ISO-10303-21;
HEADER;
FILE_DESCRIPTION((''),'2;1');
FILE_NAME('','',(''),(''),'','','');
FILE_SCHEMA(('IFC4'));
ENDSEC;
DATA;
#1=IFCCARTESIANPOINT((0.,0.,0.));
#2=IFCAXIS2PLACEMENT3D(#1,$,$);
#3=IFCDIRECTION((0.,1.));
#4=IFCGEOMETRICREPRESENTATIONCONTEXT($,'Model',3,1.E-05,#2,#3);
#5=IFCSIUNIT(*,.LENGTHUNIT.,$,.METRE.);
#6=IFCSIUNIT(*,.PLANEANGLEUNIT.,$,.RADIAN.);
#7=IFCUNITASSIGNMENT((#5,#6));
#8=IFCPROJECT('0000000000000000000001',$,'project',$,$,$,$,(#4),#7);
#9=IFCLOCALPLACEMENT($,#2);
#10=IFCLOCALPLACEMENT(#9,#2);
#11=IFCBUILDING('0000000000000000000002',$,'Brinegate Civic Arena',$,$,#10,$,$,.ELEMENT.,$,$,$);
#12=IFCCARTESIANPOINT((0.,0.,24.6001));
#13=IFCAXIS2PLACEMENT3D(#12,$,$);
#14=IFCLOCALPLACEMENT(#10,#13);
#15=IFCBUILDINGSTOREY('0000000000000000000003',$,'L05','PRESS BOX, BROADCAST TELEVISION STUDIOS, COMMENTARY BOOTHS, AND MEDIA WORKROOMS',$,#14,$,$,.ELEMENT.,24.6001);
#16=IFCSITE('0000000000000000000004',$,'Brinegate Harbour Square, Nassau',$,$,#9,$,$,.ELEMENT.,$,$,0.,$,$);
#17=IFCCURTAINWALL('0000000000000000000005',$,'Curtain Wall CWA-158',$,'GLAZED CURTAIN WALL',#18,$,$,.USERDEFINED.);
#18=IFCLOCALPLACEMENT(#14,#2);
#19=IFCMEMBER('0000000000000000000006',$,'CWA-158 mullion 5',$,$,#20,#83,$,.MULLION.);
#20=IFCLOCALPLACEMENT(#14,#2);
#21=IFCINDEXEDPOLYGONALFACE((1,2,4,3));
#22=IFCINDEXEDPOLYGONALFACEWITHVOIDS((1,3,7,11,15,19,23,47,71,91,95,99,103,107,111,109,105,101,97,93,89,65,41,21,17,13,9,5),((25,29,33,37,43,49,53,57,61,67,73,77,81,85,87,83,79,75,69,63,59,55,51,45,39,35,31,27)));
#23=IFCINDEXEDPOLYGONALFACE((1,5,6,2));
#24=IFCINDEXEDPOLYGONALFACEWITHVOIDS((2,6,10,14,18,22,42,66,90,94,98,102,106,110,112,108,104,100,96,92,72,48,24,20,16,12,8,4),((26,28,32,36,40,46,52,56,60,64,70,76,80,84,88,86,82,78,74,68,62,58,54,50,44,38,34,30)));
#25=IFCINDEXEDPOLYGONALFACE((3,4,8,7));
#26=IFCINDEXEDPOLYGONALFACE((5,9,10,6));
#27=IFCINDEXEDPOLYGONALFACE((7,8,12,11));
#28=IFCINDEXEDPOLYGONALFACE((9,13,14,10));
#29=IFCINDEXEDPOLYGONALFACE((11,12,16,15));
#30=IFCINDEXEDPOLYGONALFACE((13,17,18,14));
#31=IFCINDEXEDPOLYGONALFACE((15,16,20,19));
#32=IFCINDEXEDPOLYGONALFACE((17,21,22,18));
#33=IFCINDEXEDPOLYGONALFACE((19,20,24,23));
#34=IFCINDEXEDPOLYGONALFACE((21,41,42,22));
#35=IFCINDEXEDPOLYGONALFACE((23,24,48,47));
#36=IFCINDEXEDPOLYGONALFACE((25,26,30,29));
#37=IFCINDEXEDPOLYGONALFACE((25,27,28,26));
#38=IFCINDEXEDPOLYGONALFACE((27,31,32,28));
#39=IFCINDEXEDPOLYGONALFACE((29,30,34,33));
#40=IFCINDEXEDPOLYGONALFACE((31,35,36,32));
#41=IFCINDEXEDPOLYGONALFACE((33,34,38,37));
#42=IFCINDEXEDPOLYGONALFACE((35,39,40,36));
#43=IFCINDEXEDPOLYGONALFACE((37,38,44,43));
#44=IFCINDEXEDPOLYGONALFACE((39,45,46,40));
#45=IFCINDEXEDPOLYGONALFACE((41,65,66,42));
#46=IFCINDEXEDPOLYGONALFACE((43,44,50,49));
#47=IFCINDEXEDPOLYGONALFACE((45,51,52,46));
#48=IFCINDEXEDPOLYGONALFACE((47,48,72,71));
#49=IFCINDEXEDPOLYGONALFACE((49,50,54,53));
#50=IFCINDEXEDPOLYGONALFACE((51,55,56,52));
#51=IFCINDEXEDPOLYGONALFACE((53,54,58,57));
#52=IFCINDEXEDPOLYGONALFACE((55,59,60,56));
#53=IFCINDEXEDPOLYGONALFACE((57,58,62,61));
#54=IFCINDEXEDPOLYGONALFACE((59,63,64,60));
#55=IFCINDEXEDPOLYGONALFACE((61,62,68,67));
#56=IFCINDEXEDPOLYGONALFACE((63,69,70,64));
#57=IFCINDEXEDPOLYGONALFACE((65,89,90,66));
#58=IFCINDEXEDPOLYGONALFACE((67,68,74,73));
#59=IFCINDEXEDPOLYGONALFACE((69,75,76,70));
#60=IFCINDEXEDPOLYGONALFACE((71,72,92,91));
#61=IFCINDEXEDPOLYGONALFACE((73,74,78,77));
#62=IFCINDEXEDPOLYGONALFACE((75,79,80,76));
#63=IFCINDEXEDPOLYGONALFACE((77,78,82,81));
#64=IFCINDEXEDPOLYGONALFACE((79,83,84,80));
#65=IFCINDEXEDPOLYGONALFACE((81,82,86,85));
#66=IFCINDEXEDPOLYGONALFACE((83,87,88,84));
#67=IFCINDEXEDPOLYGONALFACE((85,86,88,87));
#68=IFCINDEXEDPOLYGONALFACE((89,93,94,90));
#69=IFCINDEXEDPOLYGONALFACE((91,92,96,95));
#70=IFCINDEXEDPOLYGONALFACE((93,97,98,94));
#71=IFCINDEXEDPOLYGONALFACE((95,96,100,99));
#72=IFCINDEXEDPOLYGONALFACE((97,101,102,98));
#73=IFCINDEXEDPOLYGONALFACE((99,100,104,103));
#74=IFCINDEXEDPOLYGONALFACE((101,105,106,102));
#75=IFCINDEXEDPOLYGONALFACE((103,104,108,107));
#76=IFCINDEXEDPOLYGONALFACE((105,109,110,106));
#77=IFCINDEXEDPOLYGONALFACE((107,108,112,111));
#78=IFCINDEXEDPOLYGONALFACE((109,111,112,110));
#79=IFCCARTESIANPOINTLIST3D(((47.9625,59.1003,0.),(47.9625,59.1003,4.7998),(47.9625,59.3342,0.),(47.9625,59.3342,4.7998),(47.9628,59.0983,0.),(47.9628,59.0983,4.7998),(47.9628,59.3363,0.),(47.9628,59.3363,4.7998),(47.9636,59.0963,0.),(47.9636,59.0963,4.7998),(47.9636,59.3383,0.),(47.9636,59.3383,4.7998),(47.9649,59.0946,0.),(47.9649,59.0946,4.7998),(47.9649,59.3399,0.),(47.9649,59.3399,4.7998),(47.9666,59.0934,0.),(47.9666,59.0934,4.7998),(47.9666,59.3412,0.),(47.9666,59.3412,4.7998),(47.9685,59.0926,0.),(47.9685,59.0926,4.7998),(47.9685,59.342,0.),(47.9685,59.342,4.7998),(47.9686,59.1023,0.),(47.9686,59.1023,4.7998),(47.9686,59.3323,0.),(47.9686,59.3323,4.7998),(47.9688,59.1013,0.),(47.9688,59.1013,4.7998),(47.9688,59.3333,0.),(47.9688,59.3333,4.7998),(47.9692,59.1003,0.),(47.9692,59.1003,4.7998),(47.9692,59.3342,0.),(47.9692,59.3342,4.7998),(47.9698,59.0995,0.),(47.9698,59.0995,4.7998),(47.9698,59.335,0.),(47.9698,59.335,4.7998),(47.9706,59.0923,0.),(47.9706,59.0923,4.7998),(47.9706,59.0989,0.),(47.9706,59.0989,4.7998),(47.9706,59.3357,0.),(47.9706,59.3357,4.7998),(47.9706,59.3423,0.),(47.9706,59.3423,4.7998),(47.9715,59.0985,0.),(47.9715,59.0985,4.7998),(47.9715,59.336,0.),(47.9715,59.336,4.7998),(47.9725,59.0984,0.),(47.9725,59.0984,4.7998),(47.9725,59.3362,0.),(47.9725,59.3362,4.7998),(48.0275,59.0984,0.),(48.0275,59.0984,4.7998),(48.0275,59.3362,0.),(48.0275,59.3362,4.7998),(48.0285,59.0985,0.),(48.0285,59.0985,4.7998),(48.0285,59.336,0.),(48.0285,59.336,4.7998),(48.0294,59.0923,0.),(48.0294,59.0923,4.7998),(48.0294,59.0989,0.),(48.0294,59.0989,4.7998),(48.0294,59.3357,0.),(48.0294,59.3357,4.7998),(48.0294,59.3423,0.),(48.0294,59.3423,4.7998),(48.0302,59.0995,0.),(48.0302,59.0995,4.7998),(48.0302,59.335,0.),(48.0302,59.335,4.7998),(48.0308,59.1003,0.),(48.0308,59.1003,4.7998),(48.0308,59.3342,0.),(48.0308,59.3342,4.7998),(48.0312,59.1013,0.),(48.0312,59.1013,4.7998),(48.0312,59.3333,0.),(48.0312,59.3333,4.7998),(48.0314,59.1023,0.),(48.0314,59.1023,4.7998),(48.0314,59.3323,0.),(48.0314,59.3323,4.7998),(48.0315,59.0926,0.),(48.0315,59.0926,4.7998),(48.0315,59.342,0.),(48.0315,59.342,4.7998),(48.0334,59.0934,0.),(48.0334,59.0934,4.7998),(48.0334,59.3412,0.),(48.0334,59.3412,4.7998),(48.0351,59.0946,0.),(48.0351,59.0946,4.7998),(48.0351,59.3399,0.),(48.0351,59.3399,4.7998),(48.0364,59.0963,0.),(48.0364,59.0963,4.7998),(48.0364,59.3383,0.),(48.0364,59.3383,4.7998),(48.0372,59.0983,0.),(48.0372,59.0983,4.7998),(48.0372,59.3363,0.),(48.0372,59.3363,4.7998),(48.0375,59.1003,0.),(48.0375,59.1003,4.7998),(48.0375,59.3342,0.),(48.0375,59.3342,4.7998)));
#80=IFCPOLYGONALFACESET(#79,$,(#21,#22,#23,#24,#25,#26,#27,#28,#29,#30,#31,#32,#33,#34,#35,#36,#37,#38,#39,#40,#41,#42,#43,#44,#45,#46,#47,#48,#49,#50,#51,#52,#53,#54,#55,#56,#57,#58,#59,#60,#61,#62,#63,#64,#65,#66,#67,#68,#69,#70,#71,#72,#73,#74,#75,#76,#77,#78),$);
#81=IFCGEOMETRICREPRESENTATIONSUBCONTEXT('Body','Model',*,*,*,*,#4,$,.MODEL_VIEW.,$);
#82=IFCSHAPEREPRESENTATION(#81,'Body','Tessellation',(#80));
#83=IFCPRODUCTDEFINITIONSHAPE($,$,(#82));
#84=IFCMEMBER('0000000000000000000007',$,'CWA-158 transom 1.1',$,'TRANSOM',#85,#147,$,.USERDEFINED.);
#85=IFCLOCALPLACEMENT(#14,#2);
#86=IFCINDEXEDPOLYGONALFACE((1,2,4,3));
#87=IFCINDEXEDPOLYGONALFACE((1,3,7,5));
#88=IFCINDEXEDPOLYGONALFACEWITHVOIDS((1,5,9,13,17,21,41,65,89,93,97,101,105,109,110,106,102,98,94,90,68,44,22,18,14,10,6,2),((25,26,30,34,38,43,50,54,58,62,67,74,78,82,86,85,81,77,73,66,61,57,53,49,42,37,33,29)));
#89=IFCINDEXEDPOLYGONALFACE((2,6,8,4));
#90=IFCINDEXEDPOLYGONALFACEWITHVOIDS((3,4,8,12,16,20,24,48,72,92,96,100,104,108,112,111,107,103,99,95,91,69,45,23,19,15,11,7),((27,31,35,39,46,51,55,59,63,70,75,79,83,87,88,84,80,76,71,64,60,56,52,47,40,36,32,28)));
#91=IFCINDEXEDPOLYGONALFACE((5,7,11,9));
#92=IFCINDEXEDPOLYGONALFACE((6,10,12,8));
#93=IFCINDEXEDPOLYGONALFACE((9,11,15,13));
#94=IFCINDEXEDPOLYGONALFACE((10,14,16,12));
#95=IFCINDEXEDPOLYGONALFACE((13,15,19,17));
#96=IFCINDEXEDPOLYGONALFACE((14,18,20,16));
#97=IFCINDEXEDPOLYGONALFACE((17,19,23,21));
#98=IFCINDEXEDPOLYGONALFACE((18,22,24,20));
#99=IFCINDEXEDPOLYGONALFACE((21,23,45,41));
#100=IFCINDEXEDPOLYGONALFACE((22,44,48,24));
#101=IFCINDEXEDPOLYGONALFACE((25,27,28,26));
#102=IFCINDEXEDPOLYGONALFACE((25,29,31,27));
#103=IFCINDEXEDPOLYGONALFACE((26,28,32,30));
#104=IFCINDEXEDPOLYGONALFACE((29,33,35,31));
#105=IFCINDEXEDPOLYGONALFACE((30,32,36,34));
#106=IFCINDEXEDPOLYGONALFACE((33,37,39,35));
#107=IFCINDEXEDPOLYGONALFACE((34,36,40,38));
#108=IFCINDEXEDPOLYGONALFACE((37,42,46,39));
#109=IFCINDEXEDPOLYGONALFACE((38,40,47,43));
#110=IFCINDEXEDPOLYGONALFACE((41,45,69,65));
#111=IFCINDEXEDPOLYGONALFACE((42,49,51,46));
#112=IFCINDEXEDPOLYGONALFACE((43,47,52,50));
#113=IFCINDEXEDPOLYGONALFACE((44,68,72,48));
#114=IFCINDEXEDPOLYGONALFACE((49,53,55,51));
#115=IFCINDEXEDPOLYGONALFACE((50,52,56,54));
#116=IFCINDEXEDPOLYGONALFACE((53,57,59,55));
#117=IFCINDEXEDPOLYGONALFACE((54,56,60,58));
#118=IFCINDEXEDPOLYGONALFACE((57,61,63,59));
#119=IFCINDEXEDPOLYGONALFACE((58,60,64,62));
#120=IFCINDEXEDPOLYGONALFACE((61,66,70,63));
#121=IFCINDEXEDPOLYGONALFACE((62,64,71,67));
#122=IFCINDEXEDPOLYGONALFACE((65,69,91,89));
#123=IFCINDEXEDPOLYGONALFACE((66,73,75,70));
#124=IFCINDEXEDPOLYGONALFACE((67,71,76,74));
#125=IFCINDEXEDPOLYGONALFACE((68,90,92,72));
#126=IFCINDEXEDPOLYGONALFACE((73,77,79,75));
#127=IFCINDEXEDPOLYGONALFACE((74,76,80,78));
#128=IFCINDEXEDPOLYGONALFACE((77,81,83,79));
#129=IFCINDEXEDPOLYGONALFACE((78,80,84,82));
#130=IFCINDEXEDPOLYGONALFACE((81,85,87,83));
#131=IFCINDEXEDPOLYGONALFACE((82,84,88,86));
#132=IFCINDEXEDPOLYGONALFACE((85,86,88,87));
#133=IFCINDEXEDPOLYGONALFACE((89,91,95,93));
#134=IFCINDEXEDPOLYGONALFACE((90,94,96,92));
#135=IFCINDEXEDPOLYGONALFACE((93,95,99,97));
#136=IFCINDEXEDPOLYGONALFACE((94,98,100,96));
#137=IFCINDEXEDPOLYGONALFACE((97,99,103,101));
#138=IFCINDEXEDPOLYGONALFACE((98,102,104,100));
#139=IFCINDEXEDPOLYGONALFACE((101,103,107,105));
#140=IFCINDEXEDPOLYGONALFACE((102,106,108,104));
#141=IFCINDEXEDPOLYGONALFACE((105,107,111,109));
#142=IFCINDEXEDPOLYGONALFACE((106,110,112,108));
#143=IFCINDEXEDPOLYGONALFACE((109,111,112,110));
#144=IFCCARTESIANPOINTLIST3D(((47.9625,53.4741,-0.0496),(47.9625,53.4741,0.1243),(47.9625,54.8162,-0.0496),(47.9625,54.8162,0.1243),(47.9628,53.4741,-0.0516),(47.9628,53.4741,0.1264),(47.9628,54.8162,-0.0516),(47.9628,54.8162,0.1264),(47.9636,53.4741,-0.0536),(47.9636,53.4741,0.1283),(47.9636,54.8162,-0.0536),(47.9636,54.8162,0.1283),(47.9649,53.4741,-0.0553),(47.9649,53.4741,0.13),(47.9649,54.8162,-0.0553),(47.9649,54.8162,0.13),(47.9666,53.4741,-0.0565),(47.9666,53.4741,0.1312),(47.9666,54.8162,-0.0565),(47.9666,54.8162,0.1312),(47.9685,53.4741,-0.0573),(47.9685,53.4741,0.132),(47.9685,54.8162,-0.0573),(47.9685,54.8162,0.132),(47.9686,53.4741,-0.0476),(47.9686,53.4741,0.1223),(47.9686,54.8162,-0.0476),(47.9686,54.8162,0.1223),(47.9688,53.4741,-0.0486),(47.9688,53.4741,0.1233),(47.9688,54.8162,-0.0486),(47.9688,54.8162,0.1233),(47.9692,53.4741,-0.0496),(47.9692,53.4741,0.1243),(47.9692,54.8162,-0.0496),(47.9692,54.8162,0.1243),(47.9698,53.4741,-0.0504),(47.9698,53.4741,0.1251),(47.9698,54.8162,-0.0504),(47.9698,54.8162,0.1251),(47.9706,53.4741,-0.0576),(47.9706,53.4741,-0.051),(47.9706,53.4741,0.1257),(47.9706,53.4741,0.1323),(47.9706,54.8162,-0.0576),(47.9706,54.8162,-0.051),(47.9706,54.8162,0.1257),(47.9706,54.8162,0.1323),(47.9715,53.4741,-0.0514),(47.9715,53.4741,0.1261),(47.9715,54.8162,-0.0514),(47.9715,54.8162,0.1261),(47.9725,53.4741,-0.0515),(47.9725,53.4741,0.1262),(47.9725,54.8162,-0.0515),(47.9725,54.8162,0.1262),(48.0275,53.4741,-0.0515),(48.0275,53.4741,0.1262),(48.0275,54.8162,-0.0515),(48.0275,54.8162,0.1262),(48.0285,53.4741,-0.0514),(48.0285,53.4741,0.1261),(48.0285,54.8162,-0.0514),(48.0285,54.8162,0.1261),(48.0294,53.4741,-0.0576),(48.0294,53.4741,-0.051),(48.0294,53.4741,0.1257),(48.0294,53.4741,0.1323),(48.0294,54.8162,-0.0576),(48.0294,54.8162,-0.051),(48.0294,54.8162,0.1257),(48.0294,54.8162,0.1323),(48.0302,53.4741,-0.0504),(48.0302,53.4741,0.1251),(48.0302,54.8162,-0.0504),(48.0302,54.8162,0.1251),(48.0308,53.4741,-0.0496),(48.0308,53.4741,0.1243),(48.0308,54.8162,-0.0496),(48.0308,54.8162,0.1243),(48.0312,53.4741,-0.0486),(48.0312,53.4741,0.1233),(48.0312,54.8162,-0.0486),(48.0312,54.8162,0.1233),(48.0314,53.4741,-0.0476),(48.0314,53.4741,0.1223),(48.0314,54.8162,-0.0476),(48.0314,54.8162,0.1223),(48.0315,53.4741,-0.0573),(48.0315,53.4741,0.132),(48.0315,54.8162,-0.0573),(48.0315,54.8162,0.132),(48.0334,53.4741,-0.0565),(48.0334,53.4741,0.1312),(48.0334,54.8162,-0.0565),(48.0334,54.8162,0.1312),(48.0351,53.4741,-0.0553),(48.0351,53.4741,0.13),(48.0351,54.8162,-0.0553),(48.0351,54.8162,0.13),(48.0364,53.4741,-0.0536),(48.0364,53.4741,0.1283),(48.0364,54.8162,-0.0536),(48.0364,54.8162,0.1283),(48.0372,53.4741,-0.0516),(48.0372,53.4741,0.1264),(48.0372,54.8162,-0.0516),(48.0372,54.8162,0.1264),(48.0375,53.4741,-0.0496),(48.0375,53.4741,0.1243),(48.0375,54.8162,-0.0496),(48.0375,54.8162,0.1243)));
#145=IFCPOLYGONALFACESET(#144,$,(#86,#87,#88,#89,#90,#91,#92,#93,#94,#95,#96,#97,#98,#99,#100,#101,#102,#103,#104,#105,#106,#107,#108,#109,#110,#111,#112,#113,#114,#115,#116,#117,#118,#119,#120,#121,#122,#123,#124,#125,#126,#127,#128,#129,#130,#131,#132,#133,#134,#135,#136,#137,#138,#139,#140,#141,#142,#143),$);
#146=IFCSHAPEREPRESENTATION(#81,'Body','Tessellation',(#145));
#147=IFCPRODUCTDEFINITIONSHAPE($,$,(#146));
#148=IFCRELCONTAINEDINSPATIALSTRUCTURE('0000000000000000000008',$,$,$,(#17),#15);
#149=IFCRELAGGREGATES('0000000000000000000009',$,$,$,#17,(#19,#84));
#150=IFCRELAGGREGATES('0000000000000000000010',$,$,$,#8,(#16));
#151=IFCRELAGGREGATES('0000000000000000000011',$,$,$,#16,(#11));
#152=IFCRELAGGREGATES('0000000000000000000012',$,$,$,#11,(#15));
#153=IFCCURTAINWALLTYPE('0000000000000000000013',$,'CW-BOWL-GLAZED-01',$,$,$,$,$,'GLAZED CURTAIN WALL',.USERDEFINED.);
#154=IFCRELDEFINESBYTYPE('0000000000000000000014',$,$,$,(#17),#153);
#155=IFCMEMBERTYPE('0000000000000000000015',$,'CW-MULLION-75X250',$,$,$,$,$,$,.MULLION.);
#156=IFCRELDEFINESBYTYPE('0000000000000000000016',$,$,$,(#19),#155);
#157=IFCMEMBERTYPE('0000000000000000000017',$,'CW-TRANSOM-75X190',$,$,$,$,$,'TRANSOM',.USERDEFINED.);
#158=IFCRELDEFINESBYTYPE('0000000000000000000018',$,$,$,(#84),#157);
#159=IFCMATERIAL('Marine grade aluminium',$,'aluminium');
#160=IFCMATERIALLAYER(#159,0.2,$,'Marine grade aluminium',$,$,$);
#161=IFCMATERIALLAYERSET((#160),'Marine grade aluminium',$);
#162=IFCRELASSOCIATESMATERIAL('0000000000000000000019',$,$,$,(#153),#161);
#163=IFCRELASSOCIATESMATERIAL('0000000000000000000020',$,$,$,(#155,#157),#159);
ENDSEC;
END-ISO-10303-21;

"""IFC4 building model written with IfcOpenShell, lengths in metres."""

from ifc_helpers import new_model, si_unit, direction, frame, origin, origin_2d, place, context, subcontext, project, spatial, hollow_rectangle, extrude, material, layer, layer_set, material_profile, profile_set, type_object, element, aggregate, save


model = new_model("IFC4")

# Units and contexts
model_context = context("Model", 3, precision=1e-05, world=origin(), true_north=direction((0.0, 1.0)))
body_context = subcontext(model_context, "Body", "Model", "MODEL_VIEW")
ifc_project = project(units=[si_unit("LENGTHUNIT", "METRE"), si_unit("PLANEANGLEUNIT", "RADIAN")], contexts=[model_context])

# Site, building, storey
site_placement = place(None, origin())
site = spatial("IfcSite", under=ifc_project, at=site_placement, Name="Brinegate Harbour Square, Nassau", CompositionType="ELEMENT", RefElevation=0.0)
building_placement = place(site_placement, origin())
building = spatial("IfcBuilding", under=site, at=building_placement, Name="Brinegate Civic Arena", CompositionType="ELEMENT")
storey_placement = place(building_placement, frame((0.0, 0.0, 24.6001)))
storey = spatial("IfcBuildingStorey", under=building, at=storey_placement, Name="L05", Description="PRESS BOX, BROADCAST TELEVISION STUDIOS, COMMENTARY BOOTHS, AND MEDIA WORKROOMS", CompositionType="ELEMENT", Elevation=24.6001)

# Curtain wall, members
ifc_material_1 = material(Name="Marine grade aluminium", Category="aluminium")
ifc_layer_1 = layer(ifc_material_1, 0.2, Name="Marine grade aluminium")
ifc_layer_set_1 = layer_set([ifc_layer_1], Name="Marine grade aluminium")
curtain_wall_type = type_object("IfcCurtainWallType", Name="CW-BOWL-GLAZED-01", ElementType="GLAZED CURTAIN WALL", PredefinedType="USERDEFINED", material=ifc_layer_set_1)
curtain_wall_placement = place(storey_placement, origin())
curtain_wall = element("IfcCurtainWall", 1, at=curtain_wall_placement, inside=storey, type_object=curtain_wall_type, Name="Curtain Wall CWA-158", ObjectType="GLAZED CURTAIN WALL", PredefinedType="USERDEFINED")
ifc_material_profile_1 = material_profile(ifc_material_1, hollow_rectangle(XDim=0.075, YDim=0.25, WallThickness=0.0061, InnerFilletRadius=0.0039, OuterFilletRadius=0.0081, at=origin_2d()), Name="MUL75X250")
ifc_profile_set_1 = profile_set([ifc_material_profile_1], Name="Marine grade aluminium")
member_type_1 = type_object("IfcMemberType", Name="CW-MULLION-75X250", PredefinedType="MULLION", material=ifc_profile_set_1)
member_1_placement = place(storey_placement, frame((48.0, 59.2173, 0.0), z_axis=(0.0, 0.0, 1.0), x_axis=(-1.0, 0.0, 0.0)))
member_1 = element("IfcMember", 2, at=member_1_placement, type_object=member_type_1, Name="CWA-158 mullion 5", PredefinedType="MULLION", context=body_context, shape_type="SweptSolid", body=[
    extrude(hollow_rectangle(XDim=0.075, YDim=0.25, WallThickness=0.0061, InnerFilletRadius=0.0039, OuterFilletRadius=0.0081, at=origin_2d()), origin(), (0.0, 0.0, 1.0), 4.7998),
])
ifc_material_profile_2 = material_profile(ifc_material_1, hollow_rectangle(XDim=0.075, YDim=0.1899, WallThickness=0.0061, InnerFilletRadius=0.0039, OuterFilletRadius=0.0081, at=origin_2d()), Name="TRN75X190")
ifc_profile_set_2 = profile_set([ifc_material_profile_2], Name="Marine grade aluminium")
member_type_2 = type_object("IfcMemberType", Name="CW-TRANSOM-75X190", ElementType="TRANSOM", PredefinedType="USERDEFINED", material=ifc_profile_set_2)
member_2_placement = place(storey_placement, frame((48.0, 53.4741, 0.0374), z_axis=(0.0, 1.0, 0.0), x_axis=(-1.0, 0.0, 0.0)))
member_2 = element("IfcMember", 3, at=member_2_placement, type_object=member_type_2, Name="CWA-158 transom 1.1", ObjectType="TRANSOM", PredefinedType="USERDEFINED", context=body_context, shape_type="SweptSolid", body=[
    extrude(hollow_rectangle(XDim=0.075, YDim=0.1899, WallThickness=0.0061, InnerFilletRadius=0.0039, OuterFilletRadius=0.0081, at=origin_2d()), origin(), (0.0, 0.0, 1.0), 1.342),
])

aggregate(curtain_wall, [member_1, member_2])

save(model, "model.ifc")
